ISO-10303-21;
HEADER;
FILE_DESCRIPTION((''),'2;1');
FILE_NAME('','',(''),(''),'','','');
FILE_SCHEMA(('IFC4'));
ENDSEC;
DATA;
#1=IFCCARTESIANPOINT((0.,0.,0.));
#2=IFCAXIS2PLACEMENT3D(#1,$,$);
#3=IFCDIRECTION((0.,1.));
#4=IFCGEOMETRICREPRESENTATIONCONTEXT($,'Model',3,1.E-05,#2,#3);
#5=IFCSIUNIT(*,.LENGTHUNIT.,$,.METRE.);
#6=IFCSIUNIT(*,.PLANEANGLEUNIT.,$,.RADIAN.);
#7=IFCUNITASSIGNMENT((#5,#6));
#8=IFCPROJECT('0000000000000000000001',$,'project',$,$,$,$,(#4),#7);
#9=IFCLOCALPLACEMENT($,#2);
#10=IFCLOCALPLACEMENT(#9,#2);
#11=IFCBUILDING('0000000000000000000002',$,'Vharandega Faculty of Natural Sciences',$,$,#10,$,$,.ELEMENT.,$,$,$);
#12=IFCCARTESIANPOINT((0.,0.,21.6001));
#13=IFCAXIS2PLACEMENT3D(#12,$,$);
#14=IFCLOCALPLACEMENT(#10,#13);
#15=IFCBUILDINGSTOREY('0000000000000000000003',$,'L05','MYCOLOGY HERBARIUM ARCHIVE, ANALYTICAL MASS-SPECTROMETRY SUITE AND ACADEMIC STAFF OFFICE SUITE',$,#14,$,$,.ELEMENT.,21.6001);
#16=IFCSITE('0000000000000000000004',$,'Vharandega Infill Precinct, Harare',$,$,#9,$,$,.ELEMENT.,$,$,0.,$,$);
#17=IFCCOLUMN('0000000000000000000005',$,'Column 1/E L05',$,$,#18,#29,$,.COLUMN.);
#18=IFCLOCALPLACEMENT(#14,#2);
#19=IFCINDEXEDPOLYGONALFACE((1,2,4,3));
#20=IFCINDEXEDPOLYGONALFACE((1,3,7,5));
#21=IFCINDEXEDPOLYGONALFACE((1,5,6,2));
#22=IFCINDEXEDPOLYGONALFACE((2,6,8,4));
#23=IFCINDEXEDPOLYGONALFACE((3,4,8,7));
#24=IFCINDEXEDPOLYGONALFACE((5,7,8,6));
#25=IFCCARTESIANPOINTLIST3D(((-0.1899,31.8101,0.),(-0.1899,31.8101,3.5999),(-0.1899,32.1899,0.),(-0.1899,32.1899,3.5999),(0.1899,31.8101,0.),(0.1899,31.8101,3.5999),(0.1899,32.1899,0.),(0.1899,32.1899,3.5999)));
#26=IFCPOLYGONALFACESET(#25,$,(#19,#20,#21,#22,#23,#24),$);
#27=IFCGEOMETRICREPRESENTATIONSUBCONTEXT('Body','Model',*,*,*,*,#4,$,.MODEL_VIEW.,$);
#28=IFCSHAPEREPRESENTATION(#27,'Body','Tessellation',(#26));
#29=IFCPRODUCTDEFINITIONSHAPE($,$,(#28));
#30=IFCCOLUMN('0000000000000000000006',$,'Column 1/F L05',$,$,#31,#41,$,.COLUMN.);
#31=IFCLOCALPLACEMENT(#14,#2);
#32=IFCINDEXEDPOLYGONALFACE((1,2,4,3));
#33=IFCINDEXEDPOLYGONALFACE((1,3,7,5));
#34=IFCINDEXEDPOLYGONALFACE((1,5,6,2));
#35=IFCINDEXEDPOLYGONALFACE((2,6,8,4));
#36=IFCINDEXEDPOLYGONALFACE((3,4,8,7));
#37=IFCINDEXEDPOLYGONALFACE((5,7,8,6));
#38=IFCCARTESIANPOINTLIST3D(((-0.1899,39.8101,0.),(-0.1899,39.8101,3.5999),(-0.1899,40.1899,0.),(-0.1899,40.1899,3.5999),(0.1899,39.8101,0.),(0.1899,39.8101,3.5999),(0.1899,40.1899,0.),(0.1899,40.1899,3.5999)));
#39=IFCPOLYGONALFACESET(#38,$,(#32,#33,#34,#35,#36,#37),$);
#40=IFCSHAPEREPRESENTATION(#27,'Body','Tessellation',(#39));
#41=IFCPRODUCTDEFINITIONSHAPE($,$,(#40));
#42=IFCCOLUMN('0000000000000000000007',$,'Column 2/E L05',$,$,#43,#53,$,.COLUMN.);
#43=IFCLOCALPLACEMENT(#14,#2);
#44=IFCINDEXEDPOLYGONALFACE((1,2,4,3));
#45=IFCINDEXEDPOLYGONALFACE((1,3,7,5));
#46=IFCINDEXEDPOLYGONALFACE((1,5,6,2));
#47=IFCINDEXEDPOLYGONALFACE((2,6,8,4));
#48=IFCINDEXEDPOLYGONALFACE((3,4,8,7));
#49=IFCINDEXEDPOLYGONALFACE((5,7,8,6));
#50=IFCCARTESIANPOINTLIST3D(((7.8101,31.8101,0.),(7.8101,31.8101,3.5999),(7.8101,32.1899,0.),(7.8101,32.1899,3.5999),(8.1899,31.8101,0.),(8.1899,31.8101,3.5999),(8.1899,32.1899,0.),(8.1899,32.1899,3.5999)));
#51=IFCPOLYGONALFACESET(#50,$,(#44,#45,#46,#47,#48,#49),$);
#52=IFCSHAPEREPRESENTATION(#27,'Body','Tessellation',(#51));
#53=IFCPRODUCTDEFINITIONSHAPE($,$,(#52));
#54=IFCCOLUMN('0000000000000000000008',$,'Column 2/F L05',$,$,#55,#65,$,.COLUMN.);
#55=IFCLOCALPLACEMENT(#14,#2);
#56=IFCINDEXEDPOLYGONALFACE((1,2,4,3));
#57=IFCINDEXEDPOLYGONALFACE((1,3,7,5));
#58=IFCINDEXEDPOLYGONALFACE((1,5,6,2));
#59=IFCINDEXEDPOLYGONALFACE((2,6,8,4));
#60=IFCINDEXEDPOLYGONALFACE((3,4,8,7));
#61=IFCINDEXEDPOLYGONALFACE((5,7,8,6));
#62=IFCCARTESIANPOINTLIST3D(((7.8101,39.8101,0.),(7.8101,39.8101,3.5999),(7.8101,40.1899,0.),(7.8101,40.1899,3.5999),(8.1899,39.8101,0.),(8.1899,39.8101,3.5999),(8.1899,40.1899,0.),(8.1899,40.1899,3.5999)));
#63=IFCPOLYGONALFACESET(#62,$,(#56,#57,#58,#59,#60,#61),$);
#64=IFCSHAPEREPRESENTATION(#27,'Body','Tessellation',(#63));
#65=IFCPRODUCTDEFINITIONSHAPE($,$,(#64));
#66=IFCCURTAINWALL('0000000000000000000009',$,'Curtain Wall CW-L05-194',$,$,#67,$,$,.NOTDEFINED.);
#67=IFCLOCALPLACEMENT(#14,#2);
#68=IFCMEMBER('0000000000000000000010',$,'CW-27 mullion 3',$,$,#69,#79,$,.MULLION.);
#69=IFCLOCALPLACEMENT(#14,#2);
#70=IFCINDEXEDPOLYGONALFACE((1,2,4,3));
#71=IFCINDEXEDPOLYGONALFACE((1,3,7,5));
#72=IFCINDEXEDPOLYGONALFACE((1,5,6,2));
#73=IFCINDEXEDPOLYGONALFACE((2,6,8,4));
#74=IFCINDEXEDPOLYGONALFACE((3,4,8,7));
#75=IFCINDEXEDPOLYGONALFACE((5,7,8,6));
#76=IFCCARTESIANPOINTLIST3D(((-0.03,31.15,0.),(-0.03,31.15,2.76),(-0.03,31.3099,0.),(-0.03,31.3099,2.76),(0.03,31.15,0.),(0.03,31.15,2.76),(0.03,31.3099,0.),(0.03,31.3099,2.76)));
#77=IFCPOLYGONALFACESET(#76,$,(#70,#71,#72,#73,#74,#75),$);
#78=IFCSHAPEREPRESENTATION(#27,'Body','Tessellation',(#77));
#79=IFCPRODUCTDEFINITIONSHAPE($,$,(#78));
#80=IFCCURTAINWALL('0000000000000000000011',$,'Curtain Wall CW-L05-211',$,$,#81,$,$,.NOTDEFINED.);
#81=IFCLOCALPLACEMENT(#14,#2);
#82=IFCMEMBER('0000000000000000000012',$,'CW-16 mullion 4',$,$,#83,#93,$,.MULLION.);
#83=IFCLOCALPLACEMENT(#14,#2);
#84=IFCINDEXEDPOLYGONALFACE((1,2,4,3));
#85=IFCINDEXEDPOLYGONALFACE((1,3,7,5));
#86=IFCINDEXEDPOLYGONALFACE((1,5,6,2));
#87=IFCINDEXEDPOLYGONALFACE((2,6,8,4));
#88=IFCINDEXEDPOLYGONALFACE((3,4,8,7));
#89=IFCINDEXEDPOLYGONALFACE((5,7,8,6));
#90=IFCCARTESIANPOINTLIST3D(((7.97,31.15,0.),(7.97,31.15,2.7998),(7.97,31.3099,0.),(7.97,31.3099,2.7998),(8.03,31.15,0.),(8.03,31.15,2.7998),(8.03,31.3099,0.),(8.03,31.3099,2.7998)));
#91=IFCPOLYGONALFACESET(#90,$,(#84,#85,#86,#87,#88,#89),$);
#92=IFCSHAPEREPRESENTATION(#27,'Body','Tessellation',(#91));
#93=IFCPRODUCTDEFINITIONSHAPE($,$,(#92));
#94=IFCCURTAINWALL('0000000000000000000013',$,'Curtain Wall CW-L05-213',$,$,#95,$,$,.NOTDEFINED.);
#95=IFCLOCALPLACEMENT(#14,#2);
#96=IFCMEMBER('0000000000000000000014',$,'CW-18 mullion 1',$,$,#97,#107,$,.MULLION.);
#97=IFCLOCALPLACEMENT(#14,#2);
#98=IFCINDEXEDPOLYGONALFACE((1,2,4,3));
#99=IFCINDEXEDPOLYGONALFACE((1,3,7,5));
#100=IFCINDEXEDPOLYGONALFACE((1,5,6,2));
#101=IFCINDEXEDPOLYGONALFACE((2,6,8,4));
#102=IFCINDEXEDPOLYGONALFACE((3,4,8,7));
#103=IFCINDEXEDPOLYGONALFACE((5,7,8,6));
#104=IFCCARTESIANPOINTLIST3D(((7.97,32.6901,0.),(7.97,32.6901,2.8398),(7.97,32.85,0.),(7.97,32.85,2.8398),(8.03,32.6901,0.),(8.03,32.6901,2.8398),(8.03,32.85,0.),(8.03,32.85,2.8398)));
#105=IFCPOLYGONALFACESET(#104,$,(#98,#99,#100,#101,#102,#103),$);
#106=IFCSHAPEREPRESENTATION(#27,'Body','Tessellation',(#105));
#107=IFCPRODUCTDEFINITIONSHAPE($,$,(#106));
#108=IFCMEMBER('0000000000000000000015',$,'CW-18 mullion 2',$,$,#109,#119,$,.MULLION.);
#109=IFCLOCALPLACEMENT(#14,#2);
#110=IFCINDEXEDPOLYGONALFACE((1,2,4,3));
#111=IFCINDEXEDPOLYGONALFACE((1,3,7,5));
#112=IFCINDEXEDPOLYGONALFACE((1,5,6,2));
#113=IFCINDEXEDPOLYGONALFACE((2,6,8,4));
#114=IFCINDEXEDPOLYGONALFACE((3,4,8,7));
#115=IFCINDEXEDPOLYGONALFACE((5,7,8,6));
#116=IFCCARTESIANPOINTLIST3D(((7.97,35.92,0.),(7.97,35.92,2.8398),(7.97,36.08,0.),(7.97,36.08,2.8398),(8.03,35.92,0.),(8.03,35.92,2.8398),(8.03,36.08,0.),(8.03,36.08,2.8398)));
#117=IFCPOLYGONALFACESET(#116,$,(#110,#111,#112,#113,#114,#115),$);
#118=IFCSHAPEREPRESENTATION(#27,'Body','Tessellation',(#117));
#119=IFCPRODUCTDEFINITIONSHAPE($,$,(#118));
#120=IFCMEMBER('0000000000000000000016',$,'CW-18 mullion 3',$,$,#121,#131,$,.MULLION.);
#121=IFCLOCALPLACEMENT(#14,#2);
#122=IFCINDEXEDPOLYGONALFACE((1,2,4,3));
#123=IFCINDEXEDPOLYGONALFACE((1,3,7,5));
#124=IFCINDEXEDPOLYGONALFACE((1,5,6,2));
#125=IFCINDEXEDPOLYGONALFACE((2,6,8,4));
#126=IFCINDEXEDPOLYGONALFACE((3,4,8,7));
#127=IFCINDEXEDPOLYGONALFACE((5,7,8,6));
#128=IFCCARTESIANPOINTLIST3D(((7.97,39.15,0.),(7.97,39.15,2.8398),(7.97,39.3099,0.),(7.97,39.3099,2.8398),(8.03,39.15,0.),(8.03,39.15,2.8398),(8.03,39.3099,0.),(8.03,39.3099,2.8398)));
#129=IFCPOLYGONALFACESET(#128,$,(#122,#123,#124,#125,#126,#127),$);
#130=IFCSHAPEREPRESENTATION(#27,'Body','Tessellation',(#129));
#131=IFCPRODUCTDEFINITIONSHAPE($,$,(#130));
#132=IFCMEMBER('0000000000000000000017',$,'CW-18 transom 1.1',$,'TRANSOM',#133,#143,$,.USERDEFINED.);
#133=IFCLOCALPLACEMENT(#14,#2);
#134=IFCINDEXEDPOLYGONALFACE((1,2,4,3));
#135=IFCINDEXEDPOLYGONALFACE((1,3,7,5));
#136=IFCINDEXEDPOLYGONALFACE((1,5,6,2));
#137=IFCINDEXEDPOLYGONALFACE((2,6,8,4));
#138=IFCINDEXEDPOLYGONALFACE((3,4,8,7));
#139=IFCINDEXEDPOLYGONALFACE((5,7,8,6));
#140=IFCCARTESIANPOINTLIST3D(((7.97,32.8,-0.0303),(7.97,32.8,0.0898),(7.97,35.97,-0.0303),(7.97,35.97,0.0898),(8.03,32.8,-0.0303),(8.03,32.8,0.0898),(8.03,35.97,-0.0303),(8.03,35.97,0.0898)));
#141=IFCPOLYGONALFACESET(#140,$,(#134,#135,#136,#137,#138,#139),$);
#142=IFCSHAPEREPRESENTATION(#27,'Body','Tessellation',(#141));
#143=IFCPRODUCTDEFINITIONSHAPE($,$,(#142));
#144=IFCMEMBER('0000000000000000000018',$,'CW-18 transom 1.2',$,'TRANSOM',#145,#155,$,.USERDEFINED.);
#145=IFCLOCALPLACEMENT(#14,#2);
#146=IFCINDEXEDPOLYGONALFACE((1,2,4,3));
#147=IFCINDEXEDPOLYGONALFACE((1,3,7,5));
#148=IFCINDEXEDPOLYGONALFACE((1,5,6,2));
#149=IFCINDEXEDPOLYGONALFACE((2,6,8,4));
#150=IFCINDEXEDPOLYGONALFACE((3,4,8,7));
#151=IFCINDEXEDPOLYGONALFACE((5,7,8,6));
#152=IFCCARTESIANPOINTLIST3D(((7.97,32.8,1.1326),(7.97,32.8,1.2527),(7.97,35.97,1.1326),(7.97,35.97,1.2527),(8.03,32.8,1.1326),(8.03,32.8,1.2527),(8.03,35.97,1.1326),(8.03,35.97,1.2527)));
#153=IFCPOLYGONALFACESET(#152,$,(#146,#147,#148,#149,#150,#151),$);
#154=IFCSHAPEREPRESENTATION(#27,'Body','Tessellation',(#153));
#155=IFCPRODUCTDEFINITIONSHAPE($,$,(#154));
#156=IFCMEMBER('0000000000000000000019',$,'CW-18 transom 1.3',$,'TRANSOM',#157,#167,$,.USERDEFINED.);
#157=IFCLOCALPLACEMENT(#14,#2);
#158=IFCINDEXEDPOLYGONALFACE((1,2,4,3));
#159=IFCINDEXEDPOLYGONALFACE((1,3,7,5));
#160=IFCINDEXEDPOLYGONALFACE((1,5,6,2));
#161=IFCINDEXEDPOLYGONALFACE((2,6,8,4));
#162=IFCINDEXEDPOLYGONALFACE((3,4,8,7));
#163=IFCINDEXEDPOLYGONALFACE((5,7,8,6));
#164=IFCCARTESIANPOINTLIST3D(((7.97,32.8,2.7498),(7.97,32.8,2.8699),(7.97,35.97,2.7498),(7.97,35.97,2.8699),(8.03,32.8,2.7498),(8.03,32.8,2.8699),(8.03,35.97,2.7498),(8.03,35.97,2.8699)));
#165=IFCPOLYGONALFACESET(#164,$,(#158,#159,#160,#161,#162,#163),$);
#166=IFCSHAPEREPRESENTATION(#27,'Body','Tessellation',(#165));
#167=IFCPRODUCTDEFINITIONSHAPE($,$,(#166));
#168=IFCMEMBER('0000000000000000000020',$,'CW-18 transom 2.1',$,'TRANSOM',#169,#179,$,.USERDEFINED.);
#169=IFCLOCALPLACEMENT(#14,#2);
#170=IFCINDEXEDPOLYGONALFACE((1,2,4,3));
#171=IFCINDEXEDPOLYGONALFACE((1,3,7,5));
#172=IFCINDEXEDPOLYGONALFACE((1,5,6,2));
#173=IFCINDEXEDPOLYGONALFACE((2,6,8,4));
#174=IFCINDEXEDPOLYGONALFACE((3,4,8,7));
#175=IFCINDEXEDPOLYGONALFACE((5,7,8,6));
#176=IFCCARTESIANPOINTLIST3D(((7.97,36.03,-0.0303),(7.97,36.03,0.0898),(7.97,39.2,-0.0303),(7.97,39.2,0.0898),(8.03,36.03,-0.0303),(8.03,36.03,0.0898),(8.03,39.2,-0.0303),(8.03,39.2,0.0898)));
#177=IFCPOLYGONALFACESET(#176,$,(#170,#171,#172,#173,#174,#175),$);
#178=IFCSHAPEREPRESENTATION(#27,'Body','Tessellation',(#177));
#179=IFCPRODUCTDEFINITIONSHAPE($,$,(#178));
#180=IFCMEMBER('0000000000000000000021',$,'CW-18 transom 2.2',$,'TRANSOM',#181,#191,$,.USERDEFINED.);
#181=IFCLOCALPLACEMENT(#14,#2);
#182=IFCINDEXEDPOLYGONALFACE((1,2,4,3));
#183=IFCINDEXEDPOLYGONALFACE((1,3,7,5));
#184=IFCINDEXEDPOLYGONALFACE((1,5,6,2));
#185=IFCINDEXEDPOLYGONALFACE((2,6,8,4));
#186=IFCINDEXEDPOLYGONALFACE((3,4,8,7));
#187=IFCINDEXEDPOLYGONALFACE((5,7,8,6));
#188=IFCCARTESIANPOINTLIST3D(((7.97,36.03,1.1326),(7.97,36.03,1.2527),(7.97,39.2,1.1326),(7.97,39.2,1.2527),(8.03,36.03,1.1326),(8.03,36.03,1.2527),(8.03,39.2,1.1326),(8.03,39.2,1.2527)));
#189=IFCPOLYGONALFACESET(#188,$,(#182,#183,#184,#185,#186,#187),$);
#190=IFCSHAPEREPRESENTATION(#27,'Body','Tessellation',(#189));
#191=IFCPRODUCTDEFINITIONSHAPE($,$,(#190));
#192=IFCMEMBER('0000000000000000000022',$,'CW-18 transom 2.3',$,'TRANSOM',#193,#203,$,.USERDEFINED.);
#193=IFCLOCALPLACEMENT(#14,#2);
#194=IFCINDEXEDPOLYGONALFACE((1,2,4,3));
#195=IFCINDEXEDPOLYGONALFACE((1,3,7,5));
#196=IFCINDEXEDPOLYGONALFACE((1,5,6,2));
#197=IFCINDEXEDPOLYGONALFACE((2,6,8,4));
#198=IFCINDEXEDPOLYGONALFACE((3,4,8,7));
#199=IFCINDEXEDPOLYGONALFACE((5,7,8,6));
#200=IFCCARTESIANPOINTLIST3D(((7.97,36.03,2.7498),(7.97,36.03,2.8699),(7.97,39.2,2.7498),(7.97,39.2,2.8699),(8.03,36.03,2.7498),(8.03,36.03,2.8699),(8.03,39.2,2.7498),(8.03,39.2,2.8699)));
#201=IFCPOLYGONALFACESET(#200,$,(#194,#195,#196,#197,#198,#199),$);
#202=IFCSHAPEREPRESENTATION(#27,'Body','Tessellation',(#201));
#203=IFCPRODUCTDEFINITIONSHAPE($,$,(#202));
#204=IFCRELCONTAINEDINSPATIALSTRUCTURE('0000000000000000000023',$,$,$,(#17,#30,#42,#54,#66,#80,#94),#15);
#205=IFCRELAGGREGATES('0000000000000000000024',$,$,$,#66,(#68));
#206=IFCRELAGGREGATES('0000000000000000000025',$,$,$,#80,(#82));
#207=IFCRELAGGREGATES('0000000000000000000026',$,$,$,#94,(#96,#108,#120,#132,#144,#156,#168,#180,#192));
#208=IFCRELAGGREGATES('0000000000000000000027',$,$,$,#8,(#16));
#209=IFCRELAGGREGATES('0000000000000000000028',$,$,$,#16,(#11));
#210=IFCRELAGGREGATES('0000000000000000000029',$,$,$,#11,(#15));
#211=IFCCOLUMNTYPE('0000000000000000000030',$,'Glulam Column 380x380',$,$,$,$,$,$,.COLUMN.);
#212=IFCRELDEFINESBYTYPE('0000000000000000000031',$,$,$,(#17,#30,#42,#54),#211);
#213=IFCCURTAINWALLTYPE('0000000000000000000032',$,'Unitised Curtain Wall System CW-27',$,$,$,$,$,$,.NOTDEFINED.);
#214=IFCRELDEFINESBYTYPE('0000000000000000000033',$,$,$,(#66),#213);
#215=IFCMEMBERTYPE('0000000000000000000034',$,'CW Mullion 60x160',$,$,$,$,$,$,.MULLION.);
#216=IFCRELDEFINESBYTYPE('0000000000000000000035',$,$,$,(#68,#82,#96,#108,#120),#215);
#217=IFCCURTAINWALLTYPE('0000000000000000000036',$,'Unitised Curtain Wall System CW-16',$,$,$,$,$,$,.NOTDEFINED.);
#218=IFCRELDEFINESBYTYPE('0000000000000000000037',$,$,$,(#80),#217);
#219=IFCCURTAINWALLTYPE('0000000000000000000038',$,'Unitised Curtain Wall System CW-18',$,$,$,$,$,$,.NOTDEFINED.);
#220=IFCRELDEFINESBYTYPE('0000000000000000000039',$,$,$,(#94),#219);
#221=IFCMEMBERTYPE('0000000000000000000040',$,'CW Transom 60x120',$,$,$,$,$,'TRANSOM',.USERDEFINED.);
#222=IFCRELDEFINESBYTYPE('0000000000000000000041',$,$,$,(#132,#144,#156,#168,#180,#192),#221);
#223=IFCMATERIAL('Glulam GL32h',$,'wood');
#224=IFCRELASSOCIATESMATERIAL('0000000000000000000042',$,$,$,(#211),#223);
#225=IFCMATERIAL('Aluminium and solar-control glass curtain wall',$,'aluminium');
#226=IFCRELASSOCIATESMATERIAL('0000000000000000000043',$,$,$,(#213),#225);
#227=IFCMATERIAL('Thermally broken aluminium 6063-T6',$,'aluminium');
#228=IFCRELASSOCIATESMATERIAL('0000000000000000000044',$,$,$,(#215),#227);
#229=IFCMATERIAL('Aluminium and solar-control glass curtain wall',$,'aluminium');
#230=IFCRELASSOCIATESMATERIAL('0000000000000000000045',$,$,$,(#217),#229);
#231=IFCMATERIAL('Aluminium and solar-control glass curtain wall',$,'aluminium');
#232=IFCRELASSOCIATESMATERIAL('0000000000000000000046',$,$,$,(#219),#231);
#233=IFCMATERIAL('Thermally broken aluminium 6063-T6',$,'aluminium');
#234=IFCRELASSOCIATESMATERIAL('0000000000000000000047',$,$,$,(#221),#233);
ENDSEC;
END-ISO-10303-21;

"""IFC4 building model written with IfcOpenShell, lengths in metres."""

from ifc_helpers import new_model, si_unit, direction, frame, origin, origin_2d, place, context, subcontext, project, spatial, rectangle, extrude, material, material_profile, profile_set, type_object, element, aggregate, save


model = new_model("IFC4")

# Units and contexts
model_context = context("Model", 3, precision=1e-05, world=origin(), true_north=direction((0.0, 1.0)))
body_context = subcontext(model_context, "Body", "Model", "MODEL_VIEW")
ifc_project = project(units=[si_unit("LENGTHUNIT", "METRE"), si_unit("PLANEANGLEUNIT", "RADIAN")], contexts=[model_context])

# Site, building, storey
site_placement = place(None, origin())
site = spatial("IfcSite", under=ifc_project, at=site_placement, Name="Vharandega Infill Precinct, Harare", CompositionType="ELEMENT", RefElevation=0.0)
building_placement = place(site_placement, origin())
building = spatial("IfcBuilding", under=site, at=building_placement, Name="Vharandega Faculty of Natural Sciences", CompositionType="ELEMENT")
storey_placement = place(building_placement, frame((0.0, 0.0, 21.6001)))
storey = spatial("IfcBuildingStorey", under=building, at=storey_placement, Name="L05", Description="MYCOLOGY HERBARIUM ARCHIVE, ANALYTICAL MASS-SPECTROMETRY SUITE AND ACADEMIC STAFF OFFICE SUITE", CompositionType="ELEMENT", Elevation=21.6001)

# Columns
ifc_material_1 = material(Name="Glulam GL32h", Category="wood")
ifc_material_profile_1 = material_profile(ifc_material_1, rectangle(XDim=0.3799, YDim=0.3799, at=origin_2d()), Name="GL32h 380x380")
ifc_profile_set_1 = profile_set([ifc_material_profile_1], Name="Glulam GL32h")
column_type = type_object("IfcColumnType", Name="Glulam Column 380x380", PredefinedType="COLUMN", material=ifc_profile_set_1)
for number, where, z_axis, x_axis, name in (
    (1, (0.0, 32.0, 0.0), (0.0, 0.0, 1.0), (1.0, 0.0, 0.0), "Column 1/E L05"),
    (2, (0.0, 40.0, 0.0), (0.0, 0.0, 1.0), (1.0, 0.0, 0.0), "Column 1/F L05"),
    (3, (8.0, 32.0, 0.0), (0.0, 0.0, 1.0), (1.0, 0.0, 0.0), "Column 2/E L05"),
    (4, (8.0, 40.0, 0.0), (0.0, 0.0, 1.0), (1.0, 0.0, 0.0), "Column 2/F L05"),
):
    element("IfcColumn", number, at=place(storey_placement, frame(where, z_axis=z_axis, x_axis=x_axis)), inside=storey, type_object=column_type, Name=name, PredefinedType="COLUMN", context=body_context, shape_type="SweptSolid", body=[
        extrude(rectangle(XDim=0.3799, YDim=0.3799, at=origin_2d()), origin(), (0.0, 0.0, 1.0), 3.5999),
    ])

# Curtain walls, members
ifc_material_2 = material(Name="Aluminium and solar-control glass curtain wall", Category="aluminium")
curtain_wall_type_1 = type_object("IfcCurtainWallType", Name="Unitised Curtain Wall System CW-27", PredefinedType="NOTDEFINED", material=ifc_material_2)
curtain_wall_1_placement = place(storey_placement, origin())
curtain_wall_1 = element("IfcCurtainWall", 5, at=curtain_wall_1_placement, inside=storey, type_object=curtain_wall_type_1, Name="Curtain Wall CW-L05-194", PredefinedType="NOTDEFINED")
ifc_material_3 = material(Name="Thermally broken aluminium 6063-T6", Category="aluminium")
ifc_material_profile_2 = material_profile(ifc_material_3, rectangle(XDim=0.0601, YDim=0.1599, at=origin_2d()), Name="ALU 60x160")
ifc_profile_set_2 = profile_set([ifc_material_profile_2], Name="Thermally broken aluminium 6063-T6")
member_type_1 = type_object("IfcMemberType", Name="CW Mullion 60x160", PredefinedType="MULLION", material=ifc_profile_set_2)
member_1_placement = place(storey_placement, frame((0.0, 31.23, 0.0), z_axis=(0.0, 0.0, 1.0), x_axis=(-1.0, 0.0, 0.0)))
member_1 = element("IfcMember", 6, at=member_1_placement, type_object=member_type_1, Name="CW-27 mullion 3", PredefinedType="MULLION", context=body_context, shape_type="SweptSolid", body=[
    extrude(rectangle(XDim=0.0601, YDim=0.1599, at=origin_2d()), origin(), (0.0, 0.0, 1.0), 2.76),
])
aggregate(curtain_wall_1, [member_1])
ifc_material_4 = material(Name="Aluminium and solar-control glass curtain wall", Category="aluminium")
curtain_wall_type_2 = type_object("IfcCurtainWallType", Name="Unitised Curtain Wall System CW-16", PredefinedType="NOTDEFINED", material=ifc_material_4)
curtain_wall_2_placement = place(storey_placement, origin())
curtain_wall_2 = element("IfcCurtainWall", 7, at=curtain_wall_2_placement, inside=storey, type_object=curtain_wall_type_2, Name="Curtain Wall CW-L05-211", PredefinedType="NOTDEFINED")
member_2_placement = place(storey_placement, frame((8.0, 31.23, 0.0), z_axis=(0.0, 0.0, 1.0), x_axis=(-1.0, 0.0, 0.0)))
member_2 = element("IfcMember", 8, at=member_2_placement, type_object=member_type_1, Name="CW-16 mullion 4", PredefinedType="MULLION", context=body_context, shape_type="SweptSolid", body=[
    extrude(rectangle(XDim=0.0601, YDim=0.1599, at=origin_2d()), origin(), (0.0, 0.0, 1.0), 2.7998),
])
aggregate(curtain_wall_2, [member_2])

# Curtain wall, members
ifc_material_5 = material(Name="Aluminium and solar-control glass curtain wall", Category="aluminium")
curtain_wall_type_3 = type_object("IfcCurtainWallType", Name="Unitised Curtain Wall System CW-18", PredefinedType="NOTDEFINED", material=ifc_material_5)
curtain_wall_3_placement = place(storey_placement, origin())
curtain_wall_3 = element("IfcCurtainWall", 9, at=curtain_wall_3_placement, inside=storey, type_object=curtain_wall_type_3, Name="Curtain Wall CW-L05-213", PredefinedType="NOTDEFINED")
member_3_placement = place(storey_placement, frame((8.0, 32.77, 0.0), z_axis=(0.0, 0.0, 1.0), x_axis=(-1.0, 0.0, 0.0)))
member_3 = element("IfcMember", 10, at=member_3_placement, type_object=member_type_1, Name="CW-18 mullion 1", PredefinedType="MULLION", context=body_context, shape_type="SweptSolid", body=[
    extrude(rectangle(XDim=0.0601, YDim=0.1599, at=origin_2d()), origin(), (0.0, 0.0, 1.0), 2.8398),
])
member_4_placement = place(storey_placement, frame((8.0, 36.0, 0.0), z_axis=(0.0, 0.0, 1.0), x_axis=(-1.0, 0.0, 0.0)))
member_4 = element("IfcMember", 11, at=member_4_placement, type_object=member_type_1, Name="CW-18 mullion 2", PredefinedType="MULLION", context=body_context, shape_type="SweptSolid", body=[
    extrude(rectangle(XDim=0.0601, YDim=0.1599, at=origin_2d()), origin(), (0.0, 0.0, 1.0), 2.8398),
])
member_5_placement = place(storey_placement, frame((8.0, 39.23, 0.0), z_axis=(0.0, 0.0, 1.0), x_axis=(-1.0, 0.0, 0.0)))
member_5 = element("IfcMember", 12, at=member_5_placement, type_object=member_type_1, Name="CW-18 mullion 3", PredefinedType="MULLION", context=body_context, shape_type="SweptSolid", body=[
    extrude(rectangle(XDim=0.0601, YDim=0.1599, at=origin_2d()), origin(), (0.0, 0.0, 1.0), 2.8398),
])
ifc_material_6 = material(Name="Thermally broken aluminium 6063-T6", Category="aluminium")
ifc_material_profile_3 = material_profile(ifc_material_6, rectangle(XDim=0.0601, YDim=0.1201, at=origin_2d()), Name="ALU 60x120")
ifc_profile_set_3 = profile_set([ifc_material_profile_3], Name="Thermally broken aluminium 6063-T6")
member_type_2 = type_object("IfcMemberType", Name="CW Transom 60x120", ElementType="TRANSOM", PredefinedType="USERDEFINED", material=ifc_profile_set_3)
member_6_placement = place(storey_placement, frame((8.0, 32.8, 0.0298), z_axis=(0.0, 1.0, 0.0), x_axis=(-1.0, 0.0, 0.0)))
member_6 = element("IfcMember", 13, at=member_6_placement, type_object=member_type_2, Name="CW-18 transom 1.1", ObjectType="TRANSOM", PredefinedType="USERDEFINED", context=body_context, shape_type="SweptSolid", body=[
    extrude(rectangle(XDim=0.0601, YDim=0.1201, at=origin_2d()), origin(), (0.0, 0.0, 1.0), 3.1699),
])
member_7_placement = place(storey_placement, frame((8.0, 32.8, 1.1926), z_axis=(0.0, 1.0, 0.0), x_axis=(-1.0, 0.0, 0.0)))
member_7 = element("IfcMember", 14, at=member_7_placement, type_object=member_type_2, Name="CW-18 transom 1.2", ObjectType="TRANSOM", PredefinedType="USERDEFINED", context=body_context, shape_type="SweptSolid", body=[
    extrude(rectangle(XDim=0.0601, YDim=0.1201, at=origin_2d()), origin(), (0.0, 0.0, 1.0), 3.1699),
])
member_8_placement = place(storey_placement, frame((8.0, 32.8, 2.8098), z_axis=(0.0, 1.0, 0.0), x_axis=(-1.0, 0.0, 0.0)))
member_8 = element("IfcMember", 15, at=member_8_placement, type_object=member_type_2, Name="CW-18 transom 1.3", ObjectType="TRANSOM", PredefinedType="USERDEFINED", context=body_context, shape_type="SweptSolid", body=[
    extrude(rectangle(XDim=0.0601, YDim=0.1201, at=origin_2d()), origin(), (0.0, 0.0, 1.0), 3.1699),
])
member_9_placement = place(storey_placement, frame((8.0, 36.03, 0.0298), z_axis=(0.0, 1.0, 0.0), x_axis=(-1.0, 0.0, 0.0)))
member_9 = element("IfcMember", 16, at=member_9_placement, type_object=member_type_2, Name="CW-18 transom 2.1", ObjectType="TRANSOM", PredefinedType="USERDEFINED", context=body_context, shape_type="SweptSolid", body=[
    extrude(rectangle(XDim=0.0601, YDim=0.1201, at=origin_2d()), origin(), (0.0, 0.0, 1.0), 3.1699),
])
member_10_placement = place(storey_placement, frame((8.0, 36.03, 1.1926), z_axis=(0.0, 1.0, 0.0), x_axis=(-1.0, 0.0, 0.0)))
member_10 = element("IfcMember", 17, at=member_10_placement, type_object=member_type_2, Name="CW-18 transom 2.2", ObjectType="TRANSOM", PredefinedType="USERDEFINED", context=body_context, shape_type="SweptSolid", body=[
    extrude(rectangle(XDim=0.0601, YDim=0.1201, at=origin_2d()), origin(), (0.0, 0.0, 1.0), 3.1699),
])
member_11_placement = place(storey_placement, frame((8.0, 36.03, 2.8098), z_axis=(0.0, 1.0, 0.0), x_axis=(-1.0, 0.0, 0.0)))
member_11 = element("IfcMember", 18, at=member_11_placement, type_object=member_type_2, Name="CW-18 transom 2.3", ObjectType="TRANSOM", PredefinedType="USERDEFINED", context=body_context, shape_type="SweptSolid", body=[
    extrude(rectangle(XDim=0.0601, YDim=0.1201, at=origin_2d()), origin(), (0.0, 0.0, 1.0), 3.1699),
])

aggregate(curtain_wall_3, [member_3, member_4, member_5, member_6, member_7, member_8, member_9, member_10, member_11])

save(model, "model.ifc")
